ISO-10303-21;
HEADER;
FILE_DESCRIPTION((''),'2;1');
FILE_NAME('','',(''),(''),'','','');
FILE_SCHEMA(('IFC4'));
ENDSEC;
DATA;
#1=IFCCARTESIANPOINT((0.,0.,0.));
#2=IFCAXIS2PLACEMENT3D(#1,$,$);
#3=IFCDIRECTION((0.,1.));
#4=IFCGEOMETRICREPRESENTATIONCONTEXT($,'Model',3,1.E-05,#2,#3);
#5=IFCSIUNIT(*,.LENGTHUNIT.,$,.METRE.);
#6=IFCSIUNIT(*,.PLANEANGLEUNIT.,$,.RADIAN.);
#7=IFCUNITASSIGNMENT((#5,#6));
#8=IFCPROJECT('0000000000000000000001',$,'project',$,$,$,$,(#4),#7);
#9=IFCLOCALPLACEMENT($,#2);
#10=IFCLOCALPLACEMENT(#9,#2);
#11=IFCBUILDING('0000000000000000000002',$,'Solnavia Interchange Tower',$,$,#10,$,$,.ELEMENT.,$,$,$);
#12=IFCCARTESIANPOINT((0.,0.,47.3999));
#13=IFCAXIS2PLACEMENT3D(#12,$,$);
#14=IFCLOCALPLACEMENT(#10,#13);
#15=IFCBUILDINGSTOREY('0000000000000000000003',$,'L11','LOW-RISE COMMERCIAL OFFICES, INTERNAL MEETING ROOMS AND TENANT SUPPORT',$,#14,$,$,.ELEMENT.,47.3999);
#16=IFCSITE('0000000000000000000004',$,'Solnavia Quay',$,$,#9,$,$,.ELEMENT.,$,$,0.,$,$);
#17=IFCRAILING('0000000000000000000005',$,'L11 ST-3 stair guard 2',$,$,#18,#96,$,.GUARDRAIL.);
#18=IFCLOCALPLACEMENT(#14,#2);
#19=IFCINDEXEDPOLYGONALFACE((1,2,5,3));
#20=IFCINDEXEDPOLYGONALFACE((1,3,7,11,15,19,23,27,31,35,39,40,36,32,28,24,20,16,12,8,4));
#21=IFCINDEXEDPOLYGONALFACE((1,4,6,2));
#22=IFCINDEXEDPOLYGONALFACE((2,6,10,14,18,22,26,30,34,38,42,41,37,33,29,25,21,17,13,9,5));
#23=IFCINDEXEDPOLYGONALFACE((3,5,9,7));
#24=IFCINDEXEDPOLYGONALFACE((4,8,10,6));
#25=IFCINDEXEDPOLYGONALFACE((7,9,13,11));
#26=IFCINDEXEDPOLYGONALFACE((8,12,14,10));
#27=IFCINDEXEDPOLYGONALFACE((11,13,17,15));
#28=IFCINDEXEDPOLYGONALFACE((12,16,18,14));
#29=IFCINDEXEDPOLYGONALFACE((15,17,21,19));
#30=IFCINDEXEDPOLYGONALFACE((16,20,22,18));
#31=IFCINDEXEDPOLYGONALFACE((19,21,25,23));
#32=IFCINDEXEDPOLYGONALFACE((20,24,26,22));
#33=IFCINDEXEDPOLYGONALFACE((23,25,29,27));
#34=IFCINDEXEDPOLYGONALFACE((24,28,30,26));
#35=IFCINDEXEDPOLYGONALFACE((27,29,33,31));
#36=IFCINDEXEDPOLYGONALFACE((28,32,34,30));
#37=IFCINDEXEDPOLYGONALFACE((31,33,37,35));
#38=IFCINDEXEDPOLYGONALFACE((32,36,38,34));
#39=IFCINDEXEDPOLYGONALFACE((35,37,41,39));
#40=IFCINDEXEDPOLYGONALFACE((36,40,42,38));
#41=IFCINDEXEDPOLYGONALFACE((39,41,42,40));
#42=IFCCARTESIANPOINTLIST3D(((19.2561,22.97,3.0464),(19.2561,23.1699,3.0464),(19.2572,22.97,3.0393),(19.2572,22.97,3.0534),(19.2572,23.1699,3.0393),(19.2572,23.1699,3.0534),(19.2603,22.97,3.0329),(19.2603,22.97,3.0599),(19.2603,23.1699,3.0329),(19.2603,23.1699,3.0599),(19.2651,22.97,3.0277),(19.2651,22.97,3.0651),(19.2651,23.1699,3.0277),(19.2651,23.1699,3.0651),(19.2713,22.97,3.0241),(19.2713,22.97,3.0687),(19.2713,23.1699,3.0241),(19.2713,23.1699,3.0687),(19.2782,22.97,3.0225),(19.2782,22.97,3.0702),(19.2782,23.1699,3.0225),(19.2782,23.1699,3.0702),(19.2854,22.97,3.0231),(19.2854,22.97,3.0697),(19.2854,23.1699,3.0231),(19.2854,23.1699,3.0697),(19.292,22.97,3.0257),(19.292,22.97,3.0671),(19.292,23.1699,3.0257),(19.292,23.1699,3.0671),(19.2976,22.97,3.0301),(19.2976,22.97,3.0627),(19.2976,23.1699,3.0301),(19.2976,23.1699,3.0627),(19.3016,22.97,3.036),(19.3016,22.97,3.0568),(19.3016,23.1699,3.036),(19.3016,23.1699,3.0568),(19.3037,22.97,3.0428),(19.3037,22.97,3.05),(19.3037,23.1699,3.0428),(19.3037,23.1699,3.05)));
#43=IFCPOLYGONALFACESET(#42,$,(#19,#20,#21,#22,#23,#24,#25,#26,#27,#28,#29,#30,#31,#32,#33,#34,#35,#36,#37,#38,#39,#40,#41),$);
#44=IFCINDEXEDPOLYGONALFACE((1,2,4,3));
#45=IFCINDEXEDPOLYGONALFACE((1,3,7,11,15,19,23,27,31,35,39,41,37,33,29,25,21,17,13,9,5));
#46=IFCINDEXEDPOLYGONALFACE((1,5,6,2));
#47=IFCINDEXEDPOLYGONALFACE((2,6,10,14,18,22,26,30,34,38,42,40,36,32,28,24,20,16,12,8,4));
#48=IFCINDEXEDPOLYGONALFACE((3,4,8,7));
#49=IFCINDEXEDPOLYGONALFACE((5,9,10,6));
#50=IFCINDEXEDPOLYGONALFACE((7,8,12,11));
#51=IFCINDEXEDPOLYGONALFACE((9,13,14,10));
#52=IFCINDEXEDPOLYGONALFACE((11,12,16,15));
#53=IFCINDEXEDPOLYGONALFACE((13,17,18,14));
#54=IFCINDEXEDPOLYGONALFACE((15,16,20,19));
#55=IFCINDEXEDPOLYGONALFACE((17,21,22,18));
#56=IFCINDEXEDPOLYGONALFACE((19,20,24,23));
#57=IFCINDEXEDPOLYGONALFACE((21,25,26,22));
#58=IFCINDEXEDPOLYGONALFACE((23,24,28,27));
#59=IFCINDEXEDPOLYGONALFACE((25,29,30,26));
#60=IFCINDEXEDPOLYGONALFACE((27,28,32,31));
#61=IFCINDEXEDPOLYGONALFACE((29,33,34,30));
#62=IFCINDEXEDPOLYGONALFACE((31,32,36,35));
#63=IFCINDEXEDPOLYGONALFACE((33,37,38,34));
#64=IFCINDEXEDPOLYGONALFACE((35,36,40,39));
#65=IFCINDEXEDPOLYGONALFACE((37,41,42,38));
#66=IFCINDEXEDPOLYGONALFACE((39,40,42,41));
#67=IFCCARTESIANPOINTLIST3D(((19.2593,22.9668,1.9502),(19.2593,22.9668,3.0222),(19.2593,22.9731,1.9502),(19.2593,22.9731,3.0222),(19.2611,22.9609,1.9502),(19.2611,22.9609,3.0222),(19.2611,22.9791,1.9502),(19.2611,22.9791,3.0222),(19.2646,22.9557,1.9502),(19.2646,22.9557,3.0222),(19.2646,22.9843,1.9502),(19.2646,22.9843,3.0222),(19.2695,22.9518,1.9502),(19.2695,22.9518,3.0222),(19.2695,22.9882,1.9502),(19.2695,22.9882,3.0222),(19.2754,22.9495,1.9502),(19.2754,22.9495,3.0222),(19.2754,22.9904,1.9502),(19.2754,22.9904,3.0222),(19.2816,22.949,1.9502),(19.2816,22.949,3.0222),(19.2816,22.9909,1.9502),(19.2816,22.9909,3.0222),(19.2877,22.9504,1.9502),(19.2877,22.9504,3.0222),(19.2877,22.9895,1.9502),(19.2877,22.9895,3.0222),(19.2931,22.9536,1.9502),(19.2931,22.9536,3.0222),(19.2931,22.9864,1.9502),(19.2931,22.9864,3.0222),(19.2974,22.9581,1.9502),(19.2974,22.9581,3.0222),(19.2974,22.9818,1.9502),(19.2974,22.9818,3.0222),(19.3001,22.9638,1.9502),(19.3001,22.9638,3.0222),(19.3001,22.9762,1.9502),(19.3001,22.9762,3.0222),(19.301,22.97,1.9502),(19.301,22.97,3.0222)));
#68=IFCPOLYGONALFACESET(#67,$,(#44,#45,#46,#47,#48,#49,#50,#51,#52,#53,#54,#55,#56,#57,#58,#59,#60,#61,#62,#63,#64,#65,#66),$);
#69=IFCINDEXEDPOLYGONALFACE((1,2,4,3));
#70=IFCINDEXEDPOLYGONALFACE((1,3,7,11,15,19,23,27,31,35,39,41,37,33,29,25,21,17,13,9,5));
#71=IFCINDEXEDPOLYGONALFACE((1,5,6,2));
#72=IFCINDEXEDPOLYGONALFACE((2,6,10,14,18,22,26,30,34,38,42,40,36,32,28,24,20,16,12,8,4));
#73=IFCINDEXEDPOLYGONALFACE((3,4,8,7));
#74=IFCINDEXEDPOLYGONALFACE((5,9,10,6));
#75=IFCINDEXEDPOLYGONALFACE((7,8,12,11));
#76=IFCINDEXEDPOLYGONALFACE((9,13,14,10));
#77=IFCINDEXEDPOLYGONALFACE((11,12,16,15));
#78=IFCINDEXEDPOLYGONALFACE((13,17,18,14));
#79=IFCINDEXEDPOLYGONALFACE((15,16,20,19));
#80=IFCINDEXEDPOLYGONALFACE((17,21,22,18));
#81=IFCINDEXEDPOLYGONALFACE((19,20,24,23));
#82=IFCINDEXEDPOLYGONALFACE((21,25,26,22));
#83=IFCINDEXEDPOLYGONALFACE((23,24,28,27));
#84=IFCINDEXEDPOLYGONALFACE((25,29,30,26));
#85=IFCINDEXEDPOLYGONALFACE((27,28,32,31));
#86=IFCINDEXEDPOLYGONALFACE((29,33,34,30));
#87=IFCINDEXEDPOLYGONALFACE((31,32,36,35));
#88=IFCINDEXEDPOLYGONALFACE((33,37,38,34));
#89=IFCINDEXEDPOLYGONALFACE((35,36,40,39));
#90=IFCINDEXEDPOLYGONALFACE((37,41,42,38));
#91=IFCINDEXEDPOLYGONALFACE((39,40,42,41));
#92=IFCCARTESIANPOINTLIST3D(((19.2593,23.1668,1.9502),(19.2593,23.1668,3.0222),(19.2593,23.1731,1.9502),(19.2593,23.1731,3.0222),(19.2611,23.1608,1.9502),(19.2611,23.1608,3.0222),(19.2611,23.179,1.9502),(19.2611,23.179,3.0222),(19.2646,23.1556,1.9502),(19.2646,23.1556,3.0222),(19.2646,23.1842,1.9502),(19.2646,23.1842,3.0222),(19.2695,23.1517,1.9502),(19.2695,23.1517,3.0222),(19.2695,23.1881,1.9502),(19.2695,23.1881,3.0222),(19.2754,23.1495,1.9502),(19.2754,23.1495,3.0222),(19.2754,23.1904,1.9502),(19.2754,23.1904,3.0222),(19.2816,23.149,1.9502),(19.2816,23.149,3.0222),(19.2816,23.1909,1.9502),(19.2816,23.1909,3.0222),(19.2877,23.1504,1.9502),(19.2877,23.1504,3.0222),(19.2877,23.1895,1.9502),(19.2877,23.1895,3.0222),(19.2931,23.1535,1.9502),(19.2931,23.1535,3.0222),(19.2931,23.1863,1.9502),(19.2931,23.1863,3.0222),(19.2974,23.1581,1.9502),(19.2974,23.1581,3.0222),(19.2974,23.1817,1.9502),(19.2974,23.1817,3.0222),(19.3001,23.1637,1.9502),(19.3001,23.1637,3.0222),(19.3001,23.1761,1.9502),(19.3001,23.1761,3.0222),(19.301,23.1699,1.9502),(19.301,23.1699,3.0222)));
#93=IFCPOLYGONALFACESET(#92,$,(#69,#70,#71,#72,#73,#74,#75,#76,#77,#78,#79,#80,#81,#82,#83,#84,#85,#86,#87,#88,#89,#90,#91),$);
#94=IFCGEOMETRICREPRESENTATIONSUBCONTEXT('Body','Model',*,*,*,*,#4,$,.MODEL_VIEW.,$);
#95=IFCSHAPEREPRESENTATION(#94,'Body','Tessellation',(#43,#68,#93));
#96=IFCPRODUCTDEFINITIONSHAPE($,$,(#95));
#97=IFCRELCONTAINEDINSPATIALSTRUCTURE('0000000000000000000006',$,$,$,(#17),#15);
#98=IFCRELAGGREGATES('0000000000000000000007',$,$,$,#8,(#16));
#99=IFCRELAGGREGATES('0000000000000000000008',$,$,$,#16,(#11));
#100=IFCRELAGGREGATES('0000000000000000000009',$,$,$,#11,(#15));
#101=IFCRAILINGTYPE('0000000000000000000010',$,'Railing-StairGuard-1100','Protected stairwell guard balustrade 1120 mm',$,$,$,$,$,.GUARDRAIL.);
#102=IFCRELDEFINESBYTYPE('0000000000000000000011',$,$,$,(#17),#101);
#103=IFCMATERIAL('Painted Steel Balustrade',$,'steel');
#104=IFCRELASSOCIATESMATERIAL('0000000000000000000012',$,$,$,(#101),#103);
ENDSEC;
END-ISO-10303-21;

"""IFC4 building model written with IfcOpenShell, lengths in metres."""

from ifc_helpers import new_model, si_unit, direction, frame, origin, origin_2d, place, context, subcontext, project, spatial, circle, extrude, material, type_object, element, save


model = new_model("IFC4")

# Units and contexts
model_context = context("Model", 3, precision=1e-05, world=origin(), true_north=direction((0.0, 1.0)))
body_context = subcontext(model_context, "Body", "Model", "MODEL_VIEW")
ifc_project = project(units=[si_unit("LENGTHUNIT", "METRE"), si_unit("PLANEANGLEUNIT", "RADIAN")], contexts=[model_context])

# Site, building, storey
site_placement = place(None, origin())
site = spatial("IfcSite", under=ifc_project, at=site_placement, Name="Solnavia Quay", CompositionType="ELEMENT", RefElevation=0.0)
building_placement = place(site_placement, origin())
building = spatial("IfcBuilding", under=site, at=building_placement, Name="Solnavia Interchange Tower", CompositionType="ELEMENT")
storey_placement = place(building_placement, frame((0.0, 0.0, 47.3999)))
storey = spatial("IfcBuildingStorey", under=building, at=storey_placement, Name="L11", Description="LOW-RISE COMMERCIAL OFFICES, INTERNAL MEETING ROOMS AND TENANT SUPPORT", CompositionType="ELEMENT", Elevation=47.3999)

# Railing
ifc_material_1 = material(Name="Painted Steel Balustrade", Category="steel")
railing_type_1 = type_object("IfcRailingType", Name="Railing-StairGuard-1100", Description="Protected stairwell guard balustrade 1120 mm", PredefinedType="GUARDRAIL", material=ifc_material_1)
railing_1_placement = place(storey_placement, frame((19.28, 22.97, 1.9502)))
element("IfcRailing", 1, at=railing_1_placement, inside=storey, type_object=railing_type_1, Name="L11 ST-3 stair guard 2", PredefinedType="GUARDRAIL", context=body_context, shape_type="SweptSolid", body=[
    extrude(circle(Radius=0.0239, at=origin_2d()), frame((0.0, 0.0, 1.0962), z_axis=(0.0, 1.0, 0.0), x_axis=(-1.0, 0.0, 0.0)), (0.0, 0.0, 1.0), 0.2),
    extrude(circle(Radius=0.021, at=origin_2d()), origin(), (0.0, 0.0, 1.0), 1.072),
    extrude(circle(Radius=0.021, at=origin_2d()), frame((0.0, 0.2, 0.0)), (0.0, 0.0, 1.0), 1.072),
])

save(model, "model.ifc")
